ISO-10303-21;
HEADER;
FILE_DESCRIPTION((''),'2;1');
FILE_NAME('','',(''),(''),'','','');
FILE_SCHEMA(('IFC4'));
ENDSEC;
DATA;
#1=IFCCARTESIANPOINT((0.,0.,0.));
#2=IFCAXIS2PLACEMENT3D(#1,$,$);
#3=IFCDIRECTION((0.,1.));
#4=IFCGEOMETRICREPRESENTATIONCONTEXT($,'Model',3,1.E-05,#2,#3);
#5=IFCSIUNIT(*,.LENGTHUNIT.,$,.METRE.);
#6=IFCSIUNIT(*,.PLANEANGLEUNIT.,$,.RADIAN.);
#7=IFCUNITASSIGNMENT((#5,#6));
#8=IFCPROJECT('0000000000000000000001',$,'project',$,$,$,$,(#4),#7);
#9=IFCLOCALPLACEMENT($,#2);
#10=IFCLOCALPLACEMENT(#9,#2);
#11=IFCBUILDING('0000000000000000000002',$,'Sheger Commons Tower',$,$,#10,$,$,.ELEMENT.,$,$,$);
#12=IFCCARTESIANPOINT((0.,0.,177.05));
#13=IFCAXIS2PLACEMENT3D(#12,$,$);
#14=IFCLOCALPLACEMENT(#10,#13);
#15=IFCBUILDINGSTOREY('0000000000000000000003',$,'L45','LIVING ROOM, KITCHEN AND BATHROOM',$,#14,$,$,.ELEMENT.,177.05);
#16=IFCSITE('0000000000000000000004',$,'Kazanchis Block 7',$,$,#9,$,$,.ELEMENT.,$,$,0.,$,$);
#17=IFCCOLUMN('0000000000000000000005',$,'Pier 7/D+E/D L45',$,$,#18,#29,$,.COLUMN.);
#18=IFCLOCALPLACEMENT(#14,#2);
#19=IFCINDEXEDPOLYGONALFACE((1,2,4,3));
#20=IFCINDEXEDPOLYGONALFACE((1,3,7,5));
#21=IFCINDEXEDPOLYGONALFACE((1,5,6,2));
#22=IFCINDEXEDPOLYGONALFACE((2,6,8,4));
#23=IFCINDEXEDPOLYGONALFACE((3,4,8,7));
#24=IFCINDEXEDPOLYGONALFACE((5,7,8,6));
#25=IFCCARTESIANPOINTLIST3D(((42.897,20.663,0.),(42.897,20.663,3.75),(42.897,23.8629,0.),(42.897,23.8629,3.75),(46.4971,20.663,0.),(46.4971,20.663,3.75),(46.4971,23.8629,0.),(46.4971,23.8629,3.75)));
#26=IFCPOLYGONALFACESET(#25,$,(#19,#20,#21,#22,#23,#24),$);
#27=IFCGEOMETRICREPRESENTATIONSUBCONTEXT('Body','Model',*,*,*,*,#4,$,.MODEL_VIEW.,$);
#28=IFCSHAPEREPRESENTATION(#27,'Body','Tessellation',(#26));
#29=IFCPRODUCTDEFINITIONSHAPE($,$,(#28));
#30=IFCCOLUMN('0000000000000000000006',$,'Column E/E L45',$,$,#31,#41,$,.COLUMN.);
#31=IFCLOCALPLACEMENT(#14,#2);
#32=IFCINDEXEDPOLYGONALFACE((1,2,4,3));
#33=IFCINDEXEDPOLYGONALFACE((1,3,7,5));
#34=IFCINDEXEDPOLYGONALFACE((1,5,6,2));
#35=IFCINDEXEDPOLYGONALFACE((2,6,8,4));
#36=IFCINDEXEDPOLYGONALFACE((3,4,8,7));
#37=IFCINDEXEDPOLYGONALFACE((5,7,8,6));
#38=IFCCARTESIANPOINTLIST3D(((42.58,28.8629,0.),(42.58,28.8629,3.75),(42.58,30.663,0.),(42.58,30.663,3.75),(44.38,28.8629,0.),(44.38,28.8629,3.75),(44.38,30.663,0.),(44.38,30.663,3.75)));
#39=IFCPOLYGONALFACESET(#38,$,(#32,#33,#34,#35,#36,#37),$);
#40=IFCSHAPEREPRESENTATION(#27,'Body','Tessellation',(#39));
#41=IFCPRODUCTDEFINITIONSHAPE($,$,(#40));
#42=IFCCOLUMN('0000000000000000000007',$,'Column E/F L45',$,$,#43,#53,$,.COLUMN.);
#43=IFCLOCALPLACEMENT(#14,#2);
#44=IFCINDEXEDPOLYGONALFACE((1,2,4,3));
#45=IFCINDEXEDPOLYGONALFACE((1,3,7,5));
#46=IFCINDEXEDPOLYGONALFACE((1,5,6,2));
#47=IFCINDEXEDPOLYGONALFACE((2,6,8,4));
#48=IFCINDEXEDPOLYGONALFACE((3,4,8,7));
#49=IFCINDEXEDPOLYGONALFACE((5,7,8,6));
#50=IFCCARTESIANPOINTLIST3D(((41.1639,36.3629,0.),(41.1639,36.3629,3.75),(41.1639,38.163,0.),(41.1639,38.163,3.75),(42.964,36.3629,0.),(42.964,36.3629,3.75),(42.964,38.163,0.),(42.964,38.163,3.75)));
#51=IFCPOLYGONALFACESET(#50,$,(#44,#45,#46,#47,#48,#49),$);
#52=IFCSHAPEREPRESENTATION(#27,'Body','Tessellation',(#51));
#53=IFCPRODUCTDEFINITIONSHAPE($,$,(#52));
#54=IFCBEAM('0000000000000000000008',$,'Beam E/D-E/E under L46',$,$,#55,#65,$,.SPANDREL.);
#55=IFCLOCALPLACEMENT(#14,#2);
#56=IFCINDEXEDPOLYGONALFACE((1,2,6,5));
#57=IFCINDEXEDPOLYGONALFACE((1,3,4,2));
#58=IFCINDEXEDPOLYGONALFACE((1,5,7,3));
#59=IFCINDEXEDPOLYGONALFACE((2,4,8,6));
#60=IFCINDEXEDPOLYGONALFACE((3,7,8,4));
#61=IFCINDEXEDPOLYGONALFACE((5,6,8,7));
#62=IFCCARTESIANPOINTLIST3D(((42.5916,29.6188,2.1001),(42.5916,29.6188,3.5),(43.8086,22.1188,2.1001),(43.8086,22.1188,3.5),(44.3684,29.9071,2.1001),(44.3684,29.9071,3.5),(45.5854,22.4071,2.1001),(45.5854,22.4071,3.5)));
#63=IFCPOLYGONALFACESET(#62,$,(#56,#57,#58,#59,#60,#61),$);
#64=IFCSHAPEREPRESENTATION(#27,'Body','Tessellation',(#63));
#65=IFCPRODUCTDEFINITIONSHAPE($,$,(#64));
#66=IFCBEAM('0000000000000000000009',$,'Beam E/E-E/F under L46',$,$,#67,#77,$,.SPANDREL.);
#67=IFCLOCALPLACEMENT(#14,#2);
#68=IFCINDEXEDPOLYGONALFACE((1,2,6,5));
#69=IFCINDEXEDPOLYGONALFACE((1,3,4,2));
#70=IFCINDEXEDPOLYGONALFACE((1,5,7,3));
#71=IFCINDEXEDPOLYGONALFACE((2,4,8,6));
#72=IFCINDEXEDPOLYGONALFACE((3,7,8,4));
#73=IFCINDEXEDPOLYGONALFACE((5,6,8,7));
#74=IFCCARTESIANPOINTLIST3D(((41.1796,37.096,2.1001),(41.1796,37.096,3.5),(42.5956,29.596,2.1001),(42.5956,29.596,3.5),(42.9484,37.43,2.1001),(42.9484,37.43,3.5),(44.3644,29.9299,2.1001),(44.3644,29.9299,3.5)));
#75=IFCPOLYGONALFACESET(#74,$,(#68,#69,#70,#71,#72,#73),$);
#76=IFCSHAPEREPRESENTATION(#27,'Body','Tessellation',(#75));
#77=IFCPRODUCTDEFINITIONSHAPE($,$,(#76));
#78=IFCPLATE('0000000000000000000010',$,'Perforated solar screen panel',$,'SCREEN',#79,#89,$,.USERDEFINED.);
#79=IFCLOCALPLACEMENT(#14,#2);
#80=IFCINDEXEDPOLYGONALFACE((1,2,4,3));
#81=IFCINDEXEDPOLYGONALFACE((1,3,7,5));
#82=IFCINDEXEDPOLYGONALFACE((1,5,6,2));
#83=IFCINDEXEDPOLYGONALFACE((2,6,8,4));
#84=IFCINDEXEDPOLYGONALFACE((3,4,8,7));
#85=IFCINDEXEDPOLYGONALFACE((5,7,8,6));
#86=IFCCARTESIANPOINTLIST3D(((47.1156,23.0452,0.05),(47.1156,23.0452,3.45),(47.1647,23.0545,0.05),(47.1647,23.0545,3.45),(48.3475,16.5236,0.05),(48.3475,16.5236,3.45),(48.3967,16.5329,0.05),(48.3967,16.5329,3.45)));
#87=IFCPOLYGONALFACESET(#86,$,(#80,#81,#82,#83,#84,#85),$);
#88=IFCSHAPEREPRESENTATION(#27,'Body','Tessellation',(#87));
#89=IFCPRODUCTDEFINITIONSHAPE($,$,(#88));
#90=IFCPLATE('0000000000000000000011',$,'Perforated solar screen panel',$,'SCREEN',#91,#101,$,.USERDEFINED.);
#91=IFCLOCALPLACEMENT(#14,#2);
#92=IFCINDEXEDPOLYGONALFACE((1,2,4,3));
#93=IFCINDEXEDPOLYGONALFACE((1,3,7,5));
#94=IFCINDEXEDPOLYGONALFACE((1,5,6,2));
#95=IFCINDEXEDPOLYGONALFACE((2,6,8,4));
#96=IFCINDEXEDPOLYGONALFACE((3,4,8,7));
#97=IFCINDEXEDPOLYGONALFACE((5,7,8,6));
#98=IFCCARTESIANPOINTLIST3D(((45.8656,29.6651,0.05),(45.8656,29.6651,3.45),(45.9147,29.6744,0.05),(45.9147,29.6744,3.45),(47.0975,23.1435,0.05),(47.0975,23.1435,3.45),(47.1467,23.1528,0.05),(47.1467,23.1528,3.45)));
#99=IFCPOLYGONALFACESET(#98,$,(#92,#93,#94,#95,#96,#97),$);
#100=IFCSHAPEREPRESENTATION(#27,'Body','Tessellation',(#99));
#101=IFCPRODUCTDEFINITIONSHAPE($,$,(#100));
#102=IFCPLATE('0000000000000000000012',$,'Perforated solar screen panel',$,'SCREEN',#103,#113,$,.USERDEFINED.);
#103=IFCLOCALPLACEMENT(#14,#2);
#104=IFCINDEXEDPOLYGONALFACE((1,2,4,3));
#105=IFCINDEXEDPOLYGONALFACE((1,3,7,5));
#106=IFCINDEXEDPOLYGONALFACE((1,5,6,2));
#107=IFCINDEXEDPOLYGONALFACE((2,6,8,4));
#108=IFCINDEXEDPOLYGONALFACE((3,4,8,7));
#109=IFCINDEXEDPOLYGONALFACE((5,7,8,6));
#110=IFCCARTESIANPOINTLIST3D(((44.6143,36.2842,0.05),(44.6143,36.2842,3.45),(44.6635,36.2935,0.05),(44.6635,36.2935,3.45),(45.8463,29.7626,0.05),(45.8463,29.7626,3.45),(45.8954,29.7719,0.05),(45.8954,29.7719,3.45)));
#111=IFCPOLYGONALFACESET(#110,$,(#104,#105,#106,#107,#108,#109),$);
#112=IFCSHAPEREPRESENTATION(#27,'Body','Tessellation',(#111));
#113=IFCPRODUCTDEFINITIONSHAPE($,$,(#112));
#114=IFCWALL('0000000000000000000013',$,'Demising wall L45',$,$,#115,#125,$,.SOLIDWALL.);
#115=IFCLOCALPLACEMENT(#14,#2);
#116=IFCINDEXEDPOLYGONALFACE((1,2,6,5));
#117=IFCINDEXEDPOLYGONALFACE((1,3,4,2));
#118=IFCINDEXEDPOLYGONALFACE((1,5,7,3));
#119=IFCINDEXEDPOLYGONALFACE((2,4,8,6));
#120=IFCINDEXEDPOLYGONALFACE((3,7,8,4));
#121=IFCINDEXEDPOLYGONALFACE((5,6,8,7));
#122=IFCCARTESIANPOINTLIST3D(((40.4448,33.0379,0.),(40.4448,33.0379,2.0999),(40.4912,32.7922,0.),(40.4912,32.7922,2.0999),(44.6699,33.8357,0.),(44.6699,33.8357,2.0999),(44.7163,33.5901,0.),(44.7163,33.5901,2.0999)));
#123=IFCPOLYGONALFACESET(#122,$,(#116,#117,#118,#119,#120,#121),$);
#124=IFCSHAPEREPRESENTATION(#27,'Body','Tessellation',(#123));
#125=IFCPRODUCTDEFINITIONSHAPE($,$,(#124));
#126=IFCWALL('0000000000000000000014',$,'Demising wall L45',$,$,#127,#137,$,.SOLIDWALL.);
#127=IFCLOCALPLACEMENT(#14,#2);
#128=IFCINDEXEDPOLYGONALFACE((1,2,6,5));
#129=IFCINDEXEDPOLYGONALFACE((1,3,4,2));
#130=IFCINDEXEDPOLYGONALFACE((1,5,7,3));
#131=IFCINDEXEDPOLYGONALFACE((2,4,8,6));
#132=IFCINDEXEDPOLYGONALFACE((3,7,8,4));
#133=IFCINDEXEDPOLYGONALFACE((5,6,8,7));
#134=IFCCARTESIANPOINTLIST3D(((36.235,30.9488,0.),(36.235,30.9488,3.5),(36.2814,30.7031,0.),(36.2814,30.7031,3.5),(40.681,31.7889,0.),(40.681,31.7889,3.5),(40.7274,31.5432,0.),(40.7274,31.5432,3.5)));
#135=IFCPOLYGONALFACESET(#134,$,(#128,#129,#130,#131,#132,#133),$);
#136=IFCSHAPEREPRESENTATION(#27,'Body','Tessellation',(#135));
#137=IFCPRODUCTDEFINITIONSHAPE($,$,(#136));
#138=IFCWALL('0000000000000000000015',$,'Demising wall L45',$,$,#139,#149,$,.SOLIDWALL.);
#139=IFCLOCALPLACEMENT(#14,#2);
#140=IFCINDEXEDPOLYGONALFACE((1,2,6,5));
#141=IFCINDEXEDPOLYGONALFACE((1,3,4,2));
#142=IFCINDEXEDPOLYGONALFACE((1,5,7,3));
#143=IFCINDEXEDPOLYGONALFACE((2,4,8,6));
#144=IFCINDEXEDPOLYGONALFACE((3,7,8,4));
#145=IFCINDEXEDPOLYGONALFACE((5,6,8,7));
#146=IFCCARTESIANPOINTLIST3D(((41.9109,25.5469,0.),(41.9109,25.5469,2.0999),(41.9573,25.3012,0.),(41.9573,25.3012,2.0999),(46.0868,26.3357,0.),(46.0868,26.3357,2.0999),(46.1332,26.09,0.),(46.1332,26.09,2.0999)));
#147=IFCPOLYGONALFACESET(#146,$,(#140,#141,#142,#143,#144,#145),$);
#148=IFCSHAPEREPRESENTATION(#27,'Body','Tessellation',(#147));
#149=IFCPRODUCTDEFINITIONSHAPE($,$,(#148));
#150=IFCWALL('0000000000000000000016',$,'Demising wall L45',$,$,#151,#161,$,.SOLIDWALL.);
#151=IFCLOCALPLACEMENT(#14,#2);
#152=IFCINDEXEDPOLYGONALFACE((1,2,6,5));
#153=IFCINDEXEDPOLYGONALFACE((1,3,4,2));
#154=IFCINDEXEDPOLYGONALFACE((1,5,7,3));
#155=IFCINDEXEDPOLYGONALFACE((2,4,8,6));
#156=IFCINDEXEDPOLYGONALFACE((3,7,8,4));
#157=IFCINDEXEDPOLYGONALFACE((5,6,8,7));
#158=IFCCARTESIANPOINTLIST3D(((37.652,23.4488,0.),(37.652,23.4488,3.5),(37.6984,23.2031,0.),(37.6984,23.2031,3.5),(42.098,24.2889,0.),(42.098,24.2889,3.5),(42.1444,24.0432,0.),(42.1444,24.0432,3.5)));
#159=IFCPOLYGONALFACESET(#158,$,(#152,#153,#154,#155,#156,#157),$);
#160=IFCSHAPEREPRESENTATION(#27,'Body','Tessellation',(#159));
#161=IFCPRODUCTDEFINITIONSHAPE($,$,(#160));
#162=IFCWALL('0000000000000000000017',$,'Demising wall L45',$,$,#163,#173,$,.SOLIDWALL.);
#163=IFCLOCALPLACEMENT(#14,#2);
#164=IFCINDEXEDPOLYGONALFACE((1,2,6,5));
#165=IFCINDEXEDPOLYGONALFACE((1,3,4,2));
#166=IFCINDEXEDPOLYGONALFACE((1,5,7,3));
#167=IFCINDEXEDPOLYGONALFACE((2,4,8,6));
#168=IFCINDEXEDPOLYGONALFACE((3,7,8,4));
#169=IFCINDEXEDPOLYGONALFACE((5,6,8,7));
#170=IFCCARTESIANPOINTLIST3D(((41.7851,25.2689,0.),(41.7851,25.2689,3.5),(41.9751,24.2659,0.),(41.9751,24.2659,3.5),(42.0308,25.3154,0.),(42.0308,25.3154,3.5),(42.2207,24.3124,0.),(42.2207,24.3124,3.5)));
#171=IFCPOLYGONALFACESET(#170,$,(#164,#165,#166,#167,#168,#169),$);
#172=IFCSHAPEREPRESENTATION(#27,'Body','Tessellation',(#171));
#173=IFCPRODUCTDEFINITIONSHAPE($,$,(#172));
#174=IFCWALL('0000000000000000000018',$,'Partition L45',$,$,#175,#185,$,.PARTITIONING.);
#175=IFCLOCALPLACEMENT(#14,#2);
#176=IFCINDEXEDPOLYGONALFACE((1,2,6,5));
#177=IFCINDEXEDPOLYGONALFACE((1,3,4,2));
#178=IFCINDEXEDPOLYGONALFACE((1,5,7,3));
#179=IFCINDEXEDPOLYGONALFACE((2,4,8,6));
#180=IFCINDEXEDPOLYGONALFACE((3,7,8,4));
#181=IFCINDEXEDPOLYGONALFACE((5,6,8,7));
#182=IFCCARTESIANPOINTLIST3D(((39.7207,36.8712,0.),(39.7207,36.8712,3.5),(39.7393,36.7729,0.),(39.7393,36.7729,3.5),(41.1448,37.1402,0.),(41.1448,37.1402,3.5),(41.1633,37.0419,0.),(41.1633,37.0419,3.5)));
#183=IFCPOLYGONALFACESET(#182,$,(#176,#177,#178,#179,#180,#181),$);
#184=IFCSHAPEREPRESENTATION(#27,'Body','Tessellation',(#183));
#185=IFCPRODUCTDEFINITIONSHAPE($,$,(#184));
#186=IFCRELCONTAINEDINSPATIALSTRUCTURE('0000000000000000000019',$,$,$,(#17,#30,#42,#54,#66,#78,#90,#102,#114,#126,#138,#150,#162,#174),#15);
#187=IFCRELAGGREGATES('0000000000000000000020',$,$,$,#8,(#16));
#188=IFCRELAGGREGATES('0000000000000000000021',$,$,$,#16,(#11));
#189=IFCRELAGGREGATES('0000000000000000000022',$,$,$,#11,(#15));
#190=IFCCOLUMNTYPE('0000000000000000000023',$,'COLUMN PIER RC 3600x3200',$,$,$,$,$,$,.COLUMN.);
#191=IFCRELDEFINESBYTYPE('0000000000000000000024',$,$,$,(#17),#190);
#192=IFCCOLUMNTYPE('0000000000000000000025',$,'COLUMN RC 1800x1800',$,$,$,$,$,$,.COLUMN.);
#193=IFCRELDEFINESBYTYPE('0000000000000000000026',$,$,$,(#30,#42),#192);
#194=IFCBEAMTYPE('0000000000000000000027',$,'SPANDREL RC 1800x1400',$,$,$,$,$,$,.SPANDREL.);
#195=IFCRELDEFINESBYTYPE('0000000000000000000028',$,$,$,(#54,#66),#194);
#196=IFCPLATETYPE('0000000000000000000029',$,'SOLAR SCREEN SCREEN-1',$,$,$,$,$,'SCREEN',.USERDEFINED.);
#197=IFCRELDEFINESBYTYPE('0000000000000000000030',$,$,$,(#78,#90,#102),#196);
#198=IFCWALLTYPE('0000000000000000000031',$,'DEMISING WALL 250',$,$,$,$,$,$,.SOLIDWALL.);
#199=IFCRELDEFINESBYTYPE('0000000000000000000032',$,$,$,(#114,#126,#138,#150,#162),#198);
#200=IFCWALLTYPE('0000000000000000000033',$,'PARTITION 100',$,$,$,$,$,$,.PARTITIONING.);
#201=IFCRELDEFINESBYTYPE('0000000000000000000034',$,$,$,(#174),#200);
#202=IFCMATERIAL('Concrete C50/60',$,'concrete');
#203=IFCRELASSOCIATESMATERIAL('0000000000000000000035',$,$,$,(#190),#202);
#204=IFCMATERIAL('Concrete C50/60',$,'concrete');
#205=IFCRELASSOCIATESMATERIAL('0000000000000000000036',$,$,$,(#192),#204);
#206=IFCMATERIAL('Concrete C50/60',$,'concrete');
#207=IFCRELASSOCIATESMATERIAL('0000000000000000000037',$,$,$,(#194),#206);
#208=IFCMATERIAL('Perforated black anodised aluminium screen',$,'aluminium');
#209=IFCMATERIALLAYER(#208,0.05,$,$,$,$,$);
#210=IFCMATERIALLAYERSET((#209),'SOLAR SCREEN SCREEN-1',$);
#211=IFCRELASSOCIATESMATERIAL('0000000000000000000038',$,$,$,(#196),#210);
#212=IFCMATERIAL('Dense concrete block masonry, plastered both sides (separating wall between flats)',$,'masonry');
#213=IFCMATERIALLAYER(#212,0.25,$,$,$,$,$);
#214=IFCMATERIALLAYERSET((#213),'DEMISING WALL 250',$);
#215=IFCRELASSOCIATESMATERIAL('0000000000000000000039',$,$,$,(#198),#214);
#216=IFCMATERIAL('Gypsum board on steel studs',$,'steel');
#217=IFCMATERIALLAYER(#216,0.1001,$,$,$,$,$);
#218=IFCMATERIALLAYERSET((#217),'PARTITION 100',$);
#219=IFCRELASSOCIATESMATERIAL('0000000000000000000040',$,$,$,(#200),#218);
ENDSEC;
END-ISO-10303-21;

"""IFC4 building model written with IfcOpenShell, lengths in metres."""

from ifc_helpers import new_model, si_unit, direction, frame, frame_2d, origin, origin_2d, place, context, subcontext, project, spatial, rectangle, extrude, material, layer, layer_set, material_profile, profile_set, type_object, element, save


model = new_model("IFC4")

# Units and contexts
model_context = context("Model", 3, precision=1e-05, world=origin(), true_north=direction((0.0, 1.0)))
body_context = subcontext(model_context, "Body", "Model", "MODEL_VIEW")
ifc_project = project(units=[si_unit("LENGTHUNIT", "METRE"), si_unit("PLANEANGLEUNIT", "RADIAN")], contexts=[model_context])

# Site, building, storey
site_placement = place(None, origin())
site = spatial("IfcSite", under=ifc_project, at=site_placement, Name="Kazanchis Block 7", CompositionType="ELEMENT", RefElevation=0.0)
building_placement = place(site_placement, origin())
building = spatial("IfcBuilding", under=site, at=building_placement, Name="Sheger Commons Tower", CompositionType="ELEMENT")
storey_placement = place(building_placement, frame((0.0, 0.0, 177.05)))
storey = spatial("IfcBuildingStorey", under=building, at=storey_placement, Name="L45", Description="LIVING ROOM, KITCHEN AND BATHROOM", CompositionType="ELEMENT", Elevation=177.05)

# Columns
ifc_material_1 = material(Name="Concrete C50/60", Category="concrete")
ifc_material_profile_1 = material_profile(ifc_material_1, rectangle(XDim=3.6001, YDim=3.2, at=origin_2d()), Name="RC 3600x3200")
ifc_profile_set_1 = profile_set([ifc_material_profile_1], Name="Concrete C50/60")
column_type_1 = type_object("IfcColumnType", Name="COLUMN PIER RC 3600x3200", PredefinedType="COLUMN", material=ifc_profile_set_1)
column_placement = place(storey_placement, frame((44.697, 22.2629, 0.0), z_axis=(0.0, 0.0, 1.0), x_axis=(1.0, 0.0, 0.0)))
element("IfcColumn", 1, at=column_placement, inside=storey, type_object=column_type_1, Name="Pier 7/D+E/D L45", PredefinedType="COLUMN", context=body_context, shape_type="SweptSolid", body=[
    extrude(rectangle(XDim=3.6001, YDim=3.2, at=origin_2d()), origin(), (0.0, 0.0, 1.0), 3.75),
])
ifc_material_2 = material(Name="Concrete C50/60", Category="concrete")
ifc_material_profile_2 = material_profile(ifc_material_2, rectangle(XDim=1.8, YDim=1.8, at=origin_2d()), Name="RC 1800x1800")
ifc_profile_set_2 = profile_set([ifc_material_profile_2], Name="Concrete C50/60")
column_type_2 = type_object("IfcColumnType", Name="COLUMN RC 1800x1800", PredefinedType="COLUMN", material=ifc_profile_set_2)
for number, where, z_axis, x_axis, name in (
    (2, (43.48, 29.7629, 0.0), (0.0, 0.0, 1.0), (1.0, 0.0, 0.0), "Column E/E L45"),
    (3, (42.064, 37.2629, 0.0), (0.0, 0.0, 1.0), (1.0, 0.0, 0.0), "Column E/F L45"),
):
    element("IfcColumn", number, at=place(storey_placement, frame(where, z_axis=z_axis, x_axis=x_axis)), inside=storey, type_object=column_type_2, Name=name, PredefinedType="COLUMN", context=body_context, shape_type="SweptSolid", body=[
        extrude(rectangle(XDim=1.8, YDim=1.8, at=origin_2d()), origin(), (0.0, 0.0, 1.0), 3.75),
    ])

# Beams
ifc_material_3 = material(Name="Concrete C50/60", Category="concrete")
ifc_material_profile_3 = material_profile(ifc_material_3, rectangle(XDim=1.8, YDim=1.3999, at=origin_2d()), Name="RC 1800x1400")
ifc_profile_set_3 = profile_set([ifc_material_profile_3], Name="Concrete C50/60")
beam_type = type_object("IfcBeamType", Name="SPANDREL RC 1800x1400", PredefinedType="SPANDREL", material=ifc_profile_set_3)
beam_1_placement = place(storey_placement, frame((44.697, 22.2629, 2.8), z_axis=(-0.160177, 0.987088, 0.0), x_axis=(-0.987088, -0.160177, 0.0)))
element("IfcBeam", 4, at=beam_1_placement, inside=storey, type_object=beam_type, Name="Beam E/D-E/E under L46", PredefinedType="SPANDREL", context=body_context, shape_type="SweptSolid", body=[
    extrude(rectangle(XDim=1.8, YDim=1.3999, at=origin_2d()), origin(), (0.0, 0.0, 1.0), 7.5981),
])
beam_2_placement = place(storey_placement, frame((43.48, 29.7629, 2.8), z_axis=(-0.185524, 0.98264, 0.0), x_axis=(-0.98264, -0.185524, 0.0)))
element("IfcBeam", 5, at=beam_2_placement, inside=storey, type_object=beam_type, Name="Beam E/E-E/F under L46", PredefinedType="SPANDREL", context=body_context, shape_type="SweptSolid", body=[
    extrude(rectangle(XDim=1.8, YDim=1.3999, at=origin_2d()), origin(), (0.0, 0.0, 1.0), 7.6326),
])

# Plates
ifc_material_4 = material(Name="Perforated black anodised aluminium screen", Category="aluminium")
ifc_layer_1 = layer(ifc_material_4, 0.05)
ifc_layer_set_1 = layer_set([ifc_layer_1], Name="SOLAR SCREEN SCREEN-1")
plate_type = type_object("IfcPlateType", Name="SOLAR SCREEN SCREEN-1", ElementType="SCREEN", PredefinedType="USERDEFINED", material=ifc_layer_set_1)
for number, where, z_axis, x_axis, name in (
    (6, (47.7561, 19.7891, 0.05), (0.0, 0.0, 1.0), (-0.185615, 0.982623, 0.0), "Perforated solar screen panel"),
    (7, (46.5061, 26.4089, 0.05), (0.0, 0.0, 1.0), (-0.185615, 0.982623, 0.0), "Perforated solar screen panel"),
    (8, (45.2549, 33.0281, 0.05), (0.0, 0.0, 1.0), (-0.185615, 0.982623, 0.0), "Perforated solar screen panel"),
):
    element("IfcPlate", number, at=place(storey_placement, frame(where, z_axis=z_axis, x_axis=x_axis)), inside=storey, type_object=plate_type, Name=name, ObjectType="SCREEN", PredefinedType="USERDEFINED", context=body_context, shape_type="SweptSolid", body=[
        extrude(rectangle(XDim=6.637, YDim=0.05, at=origin_2d()), origin(), (0.0, 0.0, 1.0), 3.3999),
    ])

# Walls
ifc_material_5 = material(Name="Dense concrete block masonry, plastered both sides (separating wall between flats)", Category="masonry")
ifc_layer_2 = layer(ifc_material_5, 0.25)
ifc_layer_set_2 = layer_set([ifc_layer_2], Name="DEMISING WALL 250")
wall_type_1 = type_object("IfcWallType", Name="DEMISING WALL 250", PredefinedType="SOLIDWALL", material=ifc_layer_set_2)
wall_1_placement = place(storey_placement, frame((44.6931, 33.7129, 0.0), z_axis=(0.0, 0.0, 1.0), x_axis=(-0.982634, -0.185557, 0.0)))
element("IfcWall", 9, at=wall_1_placement, inside=storey, type_object=wall_type_1, Name="Demising wall L45", PredefinedType="SOLIDWALL", context=body_context, shape_type="SweptSolid", body=[
    extrude(rectangle(XDim=4.2998, YDim=0.25, at=frame_2d((2.1499, 0.0))), origin(), (0.0, 0.0, 1.0), 2.0999),
])
wall_2_placement = place(storey_placement, frame((40.7041, 31.666, 0.0), z_axis=(0.0, 0.0, 1.0), x_axis=(-0.982613, -0.185666, 0.0)))
element("IfcWall", 10, at=wall_2_placement, inside=storey, type_object=wall_type_1, Name="Demising wall L45", PredefinedType="SOLIDWALL", context=body_context, shape_type="SweptSolid", body=[
    extrude(rectangle(XDim=4.5247, YDim=0.25, at=frame_2d((2.2622, 0.0))), origin(), (0.0, 0.0, 1.0), 3.5),
])
wall_3_placement = place(storey_placement, frame((46.1101, 26.2129, 0.0), z_axis=(0.0, 0.0, 1.0), x_axis=(-0.982624, -0.18561, 0.0)))
element("IfcWall", 11, at=wall_3_placement, inside=storey, type_object=wall_type_1, Name="Demising wall L45", PredefinedType="SOLIDWALL", context=body_context, shape_type="SweptSolid", body=[
    extrude(rectangle(XDim=4.2498, YDim=0.25, at=frame_2d((2.125, 0.0))), origin(), (0.0, 0.0, 1.0), 2.0999),
])
wall_4_placement = place(storey_placement, frame((42.1211, 24.166, 0.0), z_axis=(0.0, 0.0, 1.0), x_axis=(-0.982613, -0.185666, 0.0)))
element("IfcWall", 12, at=wall_4_placement, inside=storey, type_object=wall_type_1, Name="Demising wall L45", PredefinedType="SOLIDWALL", context=body_context, shape_type="SweptSolid", body=[
    extrude(rectangle(XDim=4.5247, YDim=0.25, at=frame_2d((2.2622, 0.0))), origin(), (0.0, 0.0, 1.0), 3.5),
])
wall_5_placement = place(storey_placement, frame((41.908, 25.292, 0.0), z_axis=(0.0, 0.0, 1.0), x_axis=(0.186079, -0.982535, 0.0)))
element("IfcWall", 13, at=wall_5_placement, inside=storey, type_object=wall_type_1, Name="Demising wall L45", PredefinedType="SOLIDWALL", context=body_context, shape_type="SweptSolid", body=[
    extrude(rectangle(XDim=1.0208, YDim=0.25, at=frame_2d((0.5103, 0.0))), origin(), (0.0, 0.0, 1.0), 3.5),
])
ifc_material_6 = material(Name="Gypsum board on steel studs", Category="steel")
ifc_layer_3 = layer(ifc_material_6, 0.1001)
ifc_layer_set_3 = layer_set([ifc_layer_3], Name="PARTITION 100")
wall_type_2 = type_object("IfcWallType", Name="PARTITION 100", PredefinedType="PARTITIONING", material=ifc_layer_set_3)
wall_6_placement = place(storey_placement, frame((41.1541, 37.0911, 0.0), z_axis=(0.0, 0.0, 1.0), x_axis=(-0.982618, -0.185641, 0.0)))
element("IfcWall", 14, at=wall_6_placement, inside=storey, type_object=wall_type_2, Name="Partition L45", PredefinedType="PARTITIONING", context=body_context, shape_type="SweptSolid", body=[
    extrude(rectangle(XDim=1.4492, YDim=0.1001, at=frame_2d((0.7246, 0.0))), origin(), (0.0, 0.0, 1.0), 3.5),
])

save(model, "model.ifc")
